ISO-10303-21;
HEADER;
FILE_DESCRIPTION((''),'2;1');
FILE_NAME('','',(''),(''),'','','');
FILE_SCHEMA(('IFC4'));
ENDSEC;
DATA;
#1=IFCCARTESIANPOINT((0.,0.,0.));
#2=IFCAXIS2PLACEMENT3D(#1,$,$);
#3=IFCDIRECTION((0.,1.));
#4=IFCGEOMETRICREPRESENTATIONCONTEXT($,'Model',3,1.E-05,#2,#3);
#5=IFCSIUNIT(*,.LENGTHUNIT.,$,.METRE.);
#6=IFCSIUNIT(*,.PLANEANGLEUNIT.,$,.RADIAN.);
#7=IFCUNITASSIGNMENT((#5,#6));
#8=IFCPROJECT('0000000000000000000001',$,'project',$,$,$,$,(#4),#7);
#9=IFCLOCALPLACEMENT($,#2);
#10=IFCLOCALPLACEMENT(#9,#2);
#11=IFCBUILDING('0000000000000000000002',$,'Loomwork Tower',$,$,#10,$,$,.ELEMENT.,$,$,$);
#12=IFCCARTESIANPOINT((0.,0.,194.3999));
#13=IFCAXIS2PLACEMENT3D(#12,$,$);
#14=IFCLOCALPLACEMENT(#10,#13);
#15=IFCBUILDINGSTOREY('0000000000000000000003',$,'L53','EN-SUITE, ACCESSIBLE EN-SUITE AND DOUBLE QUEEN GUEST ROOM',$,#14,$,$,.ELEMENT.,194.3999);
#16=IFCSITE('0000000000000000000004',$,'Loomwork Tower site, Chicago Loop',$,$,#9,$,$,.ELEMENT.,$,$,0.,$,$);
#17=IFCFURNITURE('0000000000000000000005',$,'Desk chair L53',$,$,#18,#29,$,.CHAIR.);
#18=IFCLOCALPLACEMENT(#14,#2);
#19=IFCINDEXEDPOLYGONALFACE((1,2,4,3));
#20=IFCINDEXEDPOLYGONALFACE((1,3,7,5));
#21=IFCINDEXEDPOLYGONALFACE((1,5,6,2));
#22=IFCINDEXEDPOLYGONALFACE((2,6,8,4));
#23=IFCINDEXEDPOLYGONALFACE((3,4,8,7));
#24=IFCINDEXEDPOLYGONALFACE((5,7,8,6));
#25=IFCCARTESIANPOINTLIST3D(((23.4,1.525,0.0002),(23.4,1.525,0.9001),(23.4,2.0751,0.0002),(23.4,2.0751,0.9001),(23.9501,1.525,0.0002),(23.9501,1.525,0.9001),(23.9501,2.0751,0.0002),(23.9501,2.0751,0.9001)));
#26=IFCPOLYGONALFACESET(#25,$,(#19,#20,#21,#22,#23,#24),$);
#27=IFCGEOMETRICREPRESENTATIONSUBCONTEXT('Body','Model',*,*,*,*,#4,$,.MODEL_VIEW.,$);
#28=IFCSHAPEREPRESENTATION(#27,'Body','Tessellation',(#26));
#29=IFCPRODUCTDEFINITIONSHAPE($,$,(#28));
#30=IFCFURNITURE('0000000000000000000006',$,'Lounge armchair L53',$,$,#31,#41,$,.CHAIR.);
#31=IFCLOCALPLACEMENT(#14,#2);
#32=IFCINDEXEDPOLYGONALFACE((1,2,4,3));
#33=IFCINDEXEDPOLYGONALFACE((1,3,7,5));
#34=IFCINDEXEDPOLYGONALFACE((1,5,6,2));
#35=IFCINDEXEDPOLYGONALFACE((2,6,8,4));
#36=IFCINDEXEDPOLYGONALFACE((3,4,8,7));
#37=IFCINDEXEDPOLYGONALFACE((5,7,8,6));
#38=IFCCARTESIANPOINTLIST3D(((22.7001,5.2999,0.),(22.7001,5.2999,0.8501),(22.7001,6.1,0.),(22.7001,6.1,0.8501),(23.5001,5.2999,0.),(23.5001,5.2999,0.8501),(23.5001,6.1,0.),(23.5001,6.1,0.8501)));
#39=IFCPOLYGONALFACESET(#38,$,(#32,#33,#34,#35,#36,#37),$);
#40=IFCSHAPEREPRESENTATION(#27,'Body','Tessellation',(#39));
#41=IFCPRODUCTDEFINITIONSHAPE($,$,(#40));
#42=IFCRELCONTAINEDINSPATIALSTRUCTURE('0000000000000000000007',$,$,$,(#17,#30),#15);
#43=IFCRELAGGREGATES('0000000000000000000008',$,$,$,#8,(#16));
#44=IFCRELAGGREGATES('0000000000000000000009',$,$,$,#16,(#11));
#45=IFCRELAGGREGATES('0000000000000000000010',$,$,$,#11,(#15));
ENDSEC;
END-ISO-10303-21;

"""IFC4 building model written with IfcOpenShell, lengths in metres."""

from ifc_helpers import new_model, si_unit, direction, frame, origin, origin_2d, place, context, subcontext, project, spatial, rectangle, extrude, element, save


model = new_model("IFC4")

# Units and contexts
model_context = context("Model", 3, precision=1e-05, world=origin(), true_north=direction((0.0, 1.0)))
body_context = subcontext(model_context, "Body", "Model", "MODEL_VIEW")
ifc_project = project(units=[si_unit("LENGTHUNIT", "METRE"), si_unit("PLANEANGLEUNIT", "RADIAN")], contexts=[model_context])

# Site, building, storey
site_placement = place(None, origin())
site = spatial("IfcSite", under=ifc_project, at=site_placement, Name="Loomwork Tower site, Chicago Loop", CompositionType="ELEMENT", RefElevation=0.0)
building_placement = place(site_placement, origin())
building = spatial("IfcBuilding", under=site, at=building_placement, Name="Loomwork Tower", CompositionType="ELEMENT")
storey_placement = place(building_placement, frame((0.0, 0.0, 194.3999)))
storey = spatial("IfcBuildingStorey", under=building, at=storey_placement, Name="L53", Description="EN-SUITE, ACCESSIBLE EN-SUITE AND DOUBLE QUEEN GUEST ROOM", CompositionType="ELEMENT", Elevation=194.3999)

# Furniture
furniture_1_placement = place(storey_placement, frame((23.675, 1.8, 0.0002), z_axis=(0.0, 0.0, 1.0), x_axis=(1.0, 0.0, 0.0)))
element("IfcFurniture", 1, at=furniture_1_placement, inside=storey, Name="Desk chair L53", PredefinedType="CHAIR", context=body_context, shape_type="SweptSolid", body=[
    extrude(rectangle(XDim=0.55, YDim=0.55, at=origin_2d()), origin(), (0.0, 0.0, 1.0), 0.8999),
])
furniture_2_placement = place(storey_placement, frame((23.1001, 5.7, 0.0), z_axis=(0.0, 0.0, 1.0), x_axis=(1.0, 0.0, 0.0)))
element("IfcFurniture", 2, at=furniture_2_placement, inside=storey, Name="Lounge armchair L53", PredefinedType="CHAIR", context=body_context, shape_type="SweptSolid", body=[
    extrude(rectangle(XDim=0.8, YDim=0.8, at=origin_2d()), origin(), (0.0, 0.0, 1.0), 0.8501),
])

save(model, "model.ifc")
